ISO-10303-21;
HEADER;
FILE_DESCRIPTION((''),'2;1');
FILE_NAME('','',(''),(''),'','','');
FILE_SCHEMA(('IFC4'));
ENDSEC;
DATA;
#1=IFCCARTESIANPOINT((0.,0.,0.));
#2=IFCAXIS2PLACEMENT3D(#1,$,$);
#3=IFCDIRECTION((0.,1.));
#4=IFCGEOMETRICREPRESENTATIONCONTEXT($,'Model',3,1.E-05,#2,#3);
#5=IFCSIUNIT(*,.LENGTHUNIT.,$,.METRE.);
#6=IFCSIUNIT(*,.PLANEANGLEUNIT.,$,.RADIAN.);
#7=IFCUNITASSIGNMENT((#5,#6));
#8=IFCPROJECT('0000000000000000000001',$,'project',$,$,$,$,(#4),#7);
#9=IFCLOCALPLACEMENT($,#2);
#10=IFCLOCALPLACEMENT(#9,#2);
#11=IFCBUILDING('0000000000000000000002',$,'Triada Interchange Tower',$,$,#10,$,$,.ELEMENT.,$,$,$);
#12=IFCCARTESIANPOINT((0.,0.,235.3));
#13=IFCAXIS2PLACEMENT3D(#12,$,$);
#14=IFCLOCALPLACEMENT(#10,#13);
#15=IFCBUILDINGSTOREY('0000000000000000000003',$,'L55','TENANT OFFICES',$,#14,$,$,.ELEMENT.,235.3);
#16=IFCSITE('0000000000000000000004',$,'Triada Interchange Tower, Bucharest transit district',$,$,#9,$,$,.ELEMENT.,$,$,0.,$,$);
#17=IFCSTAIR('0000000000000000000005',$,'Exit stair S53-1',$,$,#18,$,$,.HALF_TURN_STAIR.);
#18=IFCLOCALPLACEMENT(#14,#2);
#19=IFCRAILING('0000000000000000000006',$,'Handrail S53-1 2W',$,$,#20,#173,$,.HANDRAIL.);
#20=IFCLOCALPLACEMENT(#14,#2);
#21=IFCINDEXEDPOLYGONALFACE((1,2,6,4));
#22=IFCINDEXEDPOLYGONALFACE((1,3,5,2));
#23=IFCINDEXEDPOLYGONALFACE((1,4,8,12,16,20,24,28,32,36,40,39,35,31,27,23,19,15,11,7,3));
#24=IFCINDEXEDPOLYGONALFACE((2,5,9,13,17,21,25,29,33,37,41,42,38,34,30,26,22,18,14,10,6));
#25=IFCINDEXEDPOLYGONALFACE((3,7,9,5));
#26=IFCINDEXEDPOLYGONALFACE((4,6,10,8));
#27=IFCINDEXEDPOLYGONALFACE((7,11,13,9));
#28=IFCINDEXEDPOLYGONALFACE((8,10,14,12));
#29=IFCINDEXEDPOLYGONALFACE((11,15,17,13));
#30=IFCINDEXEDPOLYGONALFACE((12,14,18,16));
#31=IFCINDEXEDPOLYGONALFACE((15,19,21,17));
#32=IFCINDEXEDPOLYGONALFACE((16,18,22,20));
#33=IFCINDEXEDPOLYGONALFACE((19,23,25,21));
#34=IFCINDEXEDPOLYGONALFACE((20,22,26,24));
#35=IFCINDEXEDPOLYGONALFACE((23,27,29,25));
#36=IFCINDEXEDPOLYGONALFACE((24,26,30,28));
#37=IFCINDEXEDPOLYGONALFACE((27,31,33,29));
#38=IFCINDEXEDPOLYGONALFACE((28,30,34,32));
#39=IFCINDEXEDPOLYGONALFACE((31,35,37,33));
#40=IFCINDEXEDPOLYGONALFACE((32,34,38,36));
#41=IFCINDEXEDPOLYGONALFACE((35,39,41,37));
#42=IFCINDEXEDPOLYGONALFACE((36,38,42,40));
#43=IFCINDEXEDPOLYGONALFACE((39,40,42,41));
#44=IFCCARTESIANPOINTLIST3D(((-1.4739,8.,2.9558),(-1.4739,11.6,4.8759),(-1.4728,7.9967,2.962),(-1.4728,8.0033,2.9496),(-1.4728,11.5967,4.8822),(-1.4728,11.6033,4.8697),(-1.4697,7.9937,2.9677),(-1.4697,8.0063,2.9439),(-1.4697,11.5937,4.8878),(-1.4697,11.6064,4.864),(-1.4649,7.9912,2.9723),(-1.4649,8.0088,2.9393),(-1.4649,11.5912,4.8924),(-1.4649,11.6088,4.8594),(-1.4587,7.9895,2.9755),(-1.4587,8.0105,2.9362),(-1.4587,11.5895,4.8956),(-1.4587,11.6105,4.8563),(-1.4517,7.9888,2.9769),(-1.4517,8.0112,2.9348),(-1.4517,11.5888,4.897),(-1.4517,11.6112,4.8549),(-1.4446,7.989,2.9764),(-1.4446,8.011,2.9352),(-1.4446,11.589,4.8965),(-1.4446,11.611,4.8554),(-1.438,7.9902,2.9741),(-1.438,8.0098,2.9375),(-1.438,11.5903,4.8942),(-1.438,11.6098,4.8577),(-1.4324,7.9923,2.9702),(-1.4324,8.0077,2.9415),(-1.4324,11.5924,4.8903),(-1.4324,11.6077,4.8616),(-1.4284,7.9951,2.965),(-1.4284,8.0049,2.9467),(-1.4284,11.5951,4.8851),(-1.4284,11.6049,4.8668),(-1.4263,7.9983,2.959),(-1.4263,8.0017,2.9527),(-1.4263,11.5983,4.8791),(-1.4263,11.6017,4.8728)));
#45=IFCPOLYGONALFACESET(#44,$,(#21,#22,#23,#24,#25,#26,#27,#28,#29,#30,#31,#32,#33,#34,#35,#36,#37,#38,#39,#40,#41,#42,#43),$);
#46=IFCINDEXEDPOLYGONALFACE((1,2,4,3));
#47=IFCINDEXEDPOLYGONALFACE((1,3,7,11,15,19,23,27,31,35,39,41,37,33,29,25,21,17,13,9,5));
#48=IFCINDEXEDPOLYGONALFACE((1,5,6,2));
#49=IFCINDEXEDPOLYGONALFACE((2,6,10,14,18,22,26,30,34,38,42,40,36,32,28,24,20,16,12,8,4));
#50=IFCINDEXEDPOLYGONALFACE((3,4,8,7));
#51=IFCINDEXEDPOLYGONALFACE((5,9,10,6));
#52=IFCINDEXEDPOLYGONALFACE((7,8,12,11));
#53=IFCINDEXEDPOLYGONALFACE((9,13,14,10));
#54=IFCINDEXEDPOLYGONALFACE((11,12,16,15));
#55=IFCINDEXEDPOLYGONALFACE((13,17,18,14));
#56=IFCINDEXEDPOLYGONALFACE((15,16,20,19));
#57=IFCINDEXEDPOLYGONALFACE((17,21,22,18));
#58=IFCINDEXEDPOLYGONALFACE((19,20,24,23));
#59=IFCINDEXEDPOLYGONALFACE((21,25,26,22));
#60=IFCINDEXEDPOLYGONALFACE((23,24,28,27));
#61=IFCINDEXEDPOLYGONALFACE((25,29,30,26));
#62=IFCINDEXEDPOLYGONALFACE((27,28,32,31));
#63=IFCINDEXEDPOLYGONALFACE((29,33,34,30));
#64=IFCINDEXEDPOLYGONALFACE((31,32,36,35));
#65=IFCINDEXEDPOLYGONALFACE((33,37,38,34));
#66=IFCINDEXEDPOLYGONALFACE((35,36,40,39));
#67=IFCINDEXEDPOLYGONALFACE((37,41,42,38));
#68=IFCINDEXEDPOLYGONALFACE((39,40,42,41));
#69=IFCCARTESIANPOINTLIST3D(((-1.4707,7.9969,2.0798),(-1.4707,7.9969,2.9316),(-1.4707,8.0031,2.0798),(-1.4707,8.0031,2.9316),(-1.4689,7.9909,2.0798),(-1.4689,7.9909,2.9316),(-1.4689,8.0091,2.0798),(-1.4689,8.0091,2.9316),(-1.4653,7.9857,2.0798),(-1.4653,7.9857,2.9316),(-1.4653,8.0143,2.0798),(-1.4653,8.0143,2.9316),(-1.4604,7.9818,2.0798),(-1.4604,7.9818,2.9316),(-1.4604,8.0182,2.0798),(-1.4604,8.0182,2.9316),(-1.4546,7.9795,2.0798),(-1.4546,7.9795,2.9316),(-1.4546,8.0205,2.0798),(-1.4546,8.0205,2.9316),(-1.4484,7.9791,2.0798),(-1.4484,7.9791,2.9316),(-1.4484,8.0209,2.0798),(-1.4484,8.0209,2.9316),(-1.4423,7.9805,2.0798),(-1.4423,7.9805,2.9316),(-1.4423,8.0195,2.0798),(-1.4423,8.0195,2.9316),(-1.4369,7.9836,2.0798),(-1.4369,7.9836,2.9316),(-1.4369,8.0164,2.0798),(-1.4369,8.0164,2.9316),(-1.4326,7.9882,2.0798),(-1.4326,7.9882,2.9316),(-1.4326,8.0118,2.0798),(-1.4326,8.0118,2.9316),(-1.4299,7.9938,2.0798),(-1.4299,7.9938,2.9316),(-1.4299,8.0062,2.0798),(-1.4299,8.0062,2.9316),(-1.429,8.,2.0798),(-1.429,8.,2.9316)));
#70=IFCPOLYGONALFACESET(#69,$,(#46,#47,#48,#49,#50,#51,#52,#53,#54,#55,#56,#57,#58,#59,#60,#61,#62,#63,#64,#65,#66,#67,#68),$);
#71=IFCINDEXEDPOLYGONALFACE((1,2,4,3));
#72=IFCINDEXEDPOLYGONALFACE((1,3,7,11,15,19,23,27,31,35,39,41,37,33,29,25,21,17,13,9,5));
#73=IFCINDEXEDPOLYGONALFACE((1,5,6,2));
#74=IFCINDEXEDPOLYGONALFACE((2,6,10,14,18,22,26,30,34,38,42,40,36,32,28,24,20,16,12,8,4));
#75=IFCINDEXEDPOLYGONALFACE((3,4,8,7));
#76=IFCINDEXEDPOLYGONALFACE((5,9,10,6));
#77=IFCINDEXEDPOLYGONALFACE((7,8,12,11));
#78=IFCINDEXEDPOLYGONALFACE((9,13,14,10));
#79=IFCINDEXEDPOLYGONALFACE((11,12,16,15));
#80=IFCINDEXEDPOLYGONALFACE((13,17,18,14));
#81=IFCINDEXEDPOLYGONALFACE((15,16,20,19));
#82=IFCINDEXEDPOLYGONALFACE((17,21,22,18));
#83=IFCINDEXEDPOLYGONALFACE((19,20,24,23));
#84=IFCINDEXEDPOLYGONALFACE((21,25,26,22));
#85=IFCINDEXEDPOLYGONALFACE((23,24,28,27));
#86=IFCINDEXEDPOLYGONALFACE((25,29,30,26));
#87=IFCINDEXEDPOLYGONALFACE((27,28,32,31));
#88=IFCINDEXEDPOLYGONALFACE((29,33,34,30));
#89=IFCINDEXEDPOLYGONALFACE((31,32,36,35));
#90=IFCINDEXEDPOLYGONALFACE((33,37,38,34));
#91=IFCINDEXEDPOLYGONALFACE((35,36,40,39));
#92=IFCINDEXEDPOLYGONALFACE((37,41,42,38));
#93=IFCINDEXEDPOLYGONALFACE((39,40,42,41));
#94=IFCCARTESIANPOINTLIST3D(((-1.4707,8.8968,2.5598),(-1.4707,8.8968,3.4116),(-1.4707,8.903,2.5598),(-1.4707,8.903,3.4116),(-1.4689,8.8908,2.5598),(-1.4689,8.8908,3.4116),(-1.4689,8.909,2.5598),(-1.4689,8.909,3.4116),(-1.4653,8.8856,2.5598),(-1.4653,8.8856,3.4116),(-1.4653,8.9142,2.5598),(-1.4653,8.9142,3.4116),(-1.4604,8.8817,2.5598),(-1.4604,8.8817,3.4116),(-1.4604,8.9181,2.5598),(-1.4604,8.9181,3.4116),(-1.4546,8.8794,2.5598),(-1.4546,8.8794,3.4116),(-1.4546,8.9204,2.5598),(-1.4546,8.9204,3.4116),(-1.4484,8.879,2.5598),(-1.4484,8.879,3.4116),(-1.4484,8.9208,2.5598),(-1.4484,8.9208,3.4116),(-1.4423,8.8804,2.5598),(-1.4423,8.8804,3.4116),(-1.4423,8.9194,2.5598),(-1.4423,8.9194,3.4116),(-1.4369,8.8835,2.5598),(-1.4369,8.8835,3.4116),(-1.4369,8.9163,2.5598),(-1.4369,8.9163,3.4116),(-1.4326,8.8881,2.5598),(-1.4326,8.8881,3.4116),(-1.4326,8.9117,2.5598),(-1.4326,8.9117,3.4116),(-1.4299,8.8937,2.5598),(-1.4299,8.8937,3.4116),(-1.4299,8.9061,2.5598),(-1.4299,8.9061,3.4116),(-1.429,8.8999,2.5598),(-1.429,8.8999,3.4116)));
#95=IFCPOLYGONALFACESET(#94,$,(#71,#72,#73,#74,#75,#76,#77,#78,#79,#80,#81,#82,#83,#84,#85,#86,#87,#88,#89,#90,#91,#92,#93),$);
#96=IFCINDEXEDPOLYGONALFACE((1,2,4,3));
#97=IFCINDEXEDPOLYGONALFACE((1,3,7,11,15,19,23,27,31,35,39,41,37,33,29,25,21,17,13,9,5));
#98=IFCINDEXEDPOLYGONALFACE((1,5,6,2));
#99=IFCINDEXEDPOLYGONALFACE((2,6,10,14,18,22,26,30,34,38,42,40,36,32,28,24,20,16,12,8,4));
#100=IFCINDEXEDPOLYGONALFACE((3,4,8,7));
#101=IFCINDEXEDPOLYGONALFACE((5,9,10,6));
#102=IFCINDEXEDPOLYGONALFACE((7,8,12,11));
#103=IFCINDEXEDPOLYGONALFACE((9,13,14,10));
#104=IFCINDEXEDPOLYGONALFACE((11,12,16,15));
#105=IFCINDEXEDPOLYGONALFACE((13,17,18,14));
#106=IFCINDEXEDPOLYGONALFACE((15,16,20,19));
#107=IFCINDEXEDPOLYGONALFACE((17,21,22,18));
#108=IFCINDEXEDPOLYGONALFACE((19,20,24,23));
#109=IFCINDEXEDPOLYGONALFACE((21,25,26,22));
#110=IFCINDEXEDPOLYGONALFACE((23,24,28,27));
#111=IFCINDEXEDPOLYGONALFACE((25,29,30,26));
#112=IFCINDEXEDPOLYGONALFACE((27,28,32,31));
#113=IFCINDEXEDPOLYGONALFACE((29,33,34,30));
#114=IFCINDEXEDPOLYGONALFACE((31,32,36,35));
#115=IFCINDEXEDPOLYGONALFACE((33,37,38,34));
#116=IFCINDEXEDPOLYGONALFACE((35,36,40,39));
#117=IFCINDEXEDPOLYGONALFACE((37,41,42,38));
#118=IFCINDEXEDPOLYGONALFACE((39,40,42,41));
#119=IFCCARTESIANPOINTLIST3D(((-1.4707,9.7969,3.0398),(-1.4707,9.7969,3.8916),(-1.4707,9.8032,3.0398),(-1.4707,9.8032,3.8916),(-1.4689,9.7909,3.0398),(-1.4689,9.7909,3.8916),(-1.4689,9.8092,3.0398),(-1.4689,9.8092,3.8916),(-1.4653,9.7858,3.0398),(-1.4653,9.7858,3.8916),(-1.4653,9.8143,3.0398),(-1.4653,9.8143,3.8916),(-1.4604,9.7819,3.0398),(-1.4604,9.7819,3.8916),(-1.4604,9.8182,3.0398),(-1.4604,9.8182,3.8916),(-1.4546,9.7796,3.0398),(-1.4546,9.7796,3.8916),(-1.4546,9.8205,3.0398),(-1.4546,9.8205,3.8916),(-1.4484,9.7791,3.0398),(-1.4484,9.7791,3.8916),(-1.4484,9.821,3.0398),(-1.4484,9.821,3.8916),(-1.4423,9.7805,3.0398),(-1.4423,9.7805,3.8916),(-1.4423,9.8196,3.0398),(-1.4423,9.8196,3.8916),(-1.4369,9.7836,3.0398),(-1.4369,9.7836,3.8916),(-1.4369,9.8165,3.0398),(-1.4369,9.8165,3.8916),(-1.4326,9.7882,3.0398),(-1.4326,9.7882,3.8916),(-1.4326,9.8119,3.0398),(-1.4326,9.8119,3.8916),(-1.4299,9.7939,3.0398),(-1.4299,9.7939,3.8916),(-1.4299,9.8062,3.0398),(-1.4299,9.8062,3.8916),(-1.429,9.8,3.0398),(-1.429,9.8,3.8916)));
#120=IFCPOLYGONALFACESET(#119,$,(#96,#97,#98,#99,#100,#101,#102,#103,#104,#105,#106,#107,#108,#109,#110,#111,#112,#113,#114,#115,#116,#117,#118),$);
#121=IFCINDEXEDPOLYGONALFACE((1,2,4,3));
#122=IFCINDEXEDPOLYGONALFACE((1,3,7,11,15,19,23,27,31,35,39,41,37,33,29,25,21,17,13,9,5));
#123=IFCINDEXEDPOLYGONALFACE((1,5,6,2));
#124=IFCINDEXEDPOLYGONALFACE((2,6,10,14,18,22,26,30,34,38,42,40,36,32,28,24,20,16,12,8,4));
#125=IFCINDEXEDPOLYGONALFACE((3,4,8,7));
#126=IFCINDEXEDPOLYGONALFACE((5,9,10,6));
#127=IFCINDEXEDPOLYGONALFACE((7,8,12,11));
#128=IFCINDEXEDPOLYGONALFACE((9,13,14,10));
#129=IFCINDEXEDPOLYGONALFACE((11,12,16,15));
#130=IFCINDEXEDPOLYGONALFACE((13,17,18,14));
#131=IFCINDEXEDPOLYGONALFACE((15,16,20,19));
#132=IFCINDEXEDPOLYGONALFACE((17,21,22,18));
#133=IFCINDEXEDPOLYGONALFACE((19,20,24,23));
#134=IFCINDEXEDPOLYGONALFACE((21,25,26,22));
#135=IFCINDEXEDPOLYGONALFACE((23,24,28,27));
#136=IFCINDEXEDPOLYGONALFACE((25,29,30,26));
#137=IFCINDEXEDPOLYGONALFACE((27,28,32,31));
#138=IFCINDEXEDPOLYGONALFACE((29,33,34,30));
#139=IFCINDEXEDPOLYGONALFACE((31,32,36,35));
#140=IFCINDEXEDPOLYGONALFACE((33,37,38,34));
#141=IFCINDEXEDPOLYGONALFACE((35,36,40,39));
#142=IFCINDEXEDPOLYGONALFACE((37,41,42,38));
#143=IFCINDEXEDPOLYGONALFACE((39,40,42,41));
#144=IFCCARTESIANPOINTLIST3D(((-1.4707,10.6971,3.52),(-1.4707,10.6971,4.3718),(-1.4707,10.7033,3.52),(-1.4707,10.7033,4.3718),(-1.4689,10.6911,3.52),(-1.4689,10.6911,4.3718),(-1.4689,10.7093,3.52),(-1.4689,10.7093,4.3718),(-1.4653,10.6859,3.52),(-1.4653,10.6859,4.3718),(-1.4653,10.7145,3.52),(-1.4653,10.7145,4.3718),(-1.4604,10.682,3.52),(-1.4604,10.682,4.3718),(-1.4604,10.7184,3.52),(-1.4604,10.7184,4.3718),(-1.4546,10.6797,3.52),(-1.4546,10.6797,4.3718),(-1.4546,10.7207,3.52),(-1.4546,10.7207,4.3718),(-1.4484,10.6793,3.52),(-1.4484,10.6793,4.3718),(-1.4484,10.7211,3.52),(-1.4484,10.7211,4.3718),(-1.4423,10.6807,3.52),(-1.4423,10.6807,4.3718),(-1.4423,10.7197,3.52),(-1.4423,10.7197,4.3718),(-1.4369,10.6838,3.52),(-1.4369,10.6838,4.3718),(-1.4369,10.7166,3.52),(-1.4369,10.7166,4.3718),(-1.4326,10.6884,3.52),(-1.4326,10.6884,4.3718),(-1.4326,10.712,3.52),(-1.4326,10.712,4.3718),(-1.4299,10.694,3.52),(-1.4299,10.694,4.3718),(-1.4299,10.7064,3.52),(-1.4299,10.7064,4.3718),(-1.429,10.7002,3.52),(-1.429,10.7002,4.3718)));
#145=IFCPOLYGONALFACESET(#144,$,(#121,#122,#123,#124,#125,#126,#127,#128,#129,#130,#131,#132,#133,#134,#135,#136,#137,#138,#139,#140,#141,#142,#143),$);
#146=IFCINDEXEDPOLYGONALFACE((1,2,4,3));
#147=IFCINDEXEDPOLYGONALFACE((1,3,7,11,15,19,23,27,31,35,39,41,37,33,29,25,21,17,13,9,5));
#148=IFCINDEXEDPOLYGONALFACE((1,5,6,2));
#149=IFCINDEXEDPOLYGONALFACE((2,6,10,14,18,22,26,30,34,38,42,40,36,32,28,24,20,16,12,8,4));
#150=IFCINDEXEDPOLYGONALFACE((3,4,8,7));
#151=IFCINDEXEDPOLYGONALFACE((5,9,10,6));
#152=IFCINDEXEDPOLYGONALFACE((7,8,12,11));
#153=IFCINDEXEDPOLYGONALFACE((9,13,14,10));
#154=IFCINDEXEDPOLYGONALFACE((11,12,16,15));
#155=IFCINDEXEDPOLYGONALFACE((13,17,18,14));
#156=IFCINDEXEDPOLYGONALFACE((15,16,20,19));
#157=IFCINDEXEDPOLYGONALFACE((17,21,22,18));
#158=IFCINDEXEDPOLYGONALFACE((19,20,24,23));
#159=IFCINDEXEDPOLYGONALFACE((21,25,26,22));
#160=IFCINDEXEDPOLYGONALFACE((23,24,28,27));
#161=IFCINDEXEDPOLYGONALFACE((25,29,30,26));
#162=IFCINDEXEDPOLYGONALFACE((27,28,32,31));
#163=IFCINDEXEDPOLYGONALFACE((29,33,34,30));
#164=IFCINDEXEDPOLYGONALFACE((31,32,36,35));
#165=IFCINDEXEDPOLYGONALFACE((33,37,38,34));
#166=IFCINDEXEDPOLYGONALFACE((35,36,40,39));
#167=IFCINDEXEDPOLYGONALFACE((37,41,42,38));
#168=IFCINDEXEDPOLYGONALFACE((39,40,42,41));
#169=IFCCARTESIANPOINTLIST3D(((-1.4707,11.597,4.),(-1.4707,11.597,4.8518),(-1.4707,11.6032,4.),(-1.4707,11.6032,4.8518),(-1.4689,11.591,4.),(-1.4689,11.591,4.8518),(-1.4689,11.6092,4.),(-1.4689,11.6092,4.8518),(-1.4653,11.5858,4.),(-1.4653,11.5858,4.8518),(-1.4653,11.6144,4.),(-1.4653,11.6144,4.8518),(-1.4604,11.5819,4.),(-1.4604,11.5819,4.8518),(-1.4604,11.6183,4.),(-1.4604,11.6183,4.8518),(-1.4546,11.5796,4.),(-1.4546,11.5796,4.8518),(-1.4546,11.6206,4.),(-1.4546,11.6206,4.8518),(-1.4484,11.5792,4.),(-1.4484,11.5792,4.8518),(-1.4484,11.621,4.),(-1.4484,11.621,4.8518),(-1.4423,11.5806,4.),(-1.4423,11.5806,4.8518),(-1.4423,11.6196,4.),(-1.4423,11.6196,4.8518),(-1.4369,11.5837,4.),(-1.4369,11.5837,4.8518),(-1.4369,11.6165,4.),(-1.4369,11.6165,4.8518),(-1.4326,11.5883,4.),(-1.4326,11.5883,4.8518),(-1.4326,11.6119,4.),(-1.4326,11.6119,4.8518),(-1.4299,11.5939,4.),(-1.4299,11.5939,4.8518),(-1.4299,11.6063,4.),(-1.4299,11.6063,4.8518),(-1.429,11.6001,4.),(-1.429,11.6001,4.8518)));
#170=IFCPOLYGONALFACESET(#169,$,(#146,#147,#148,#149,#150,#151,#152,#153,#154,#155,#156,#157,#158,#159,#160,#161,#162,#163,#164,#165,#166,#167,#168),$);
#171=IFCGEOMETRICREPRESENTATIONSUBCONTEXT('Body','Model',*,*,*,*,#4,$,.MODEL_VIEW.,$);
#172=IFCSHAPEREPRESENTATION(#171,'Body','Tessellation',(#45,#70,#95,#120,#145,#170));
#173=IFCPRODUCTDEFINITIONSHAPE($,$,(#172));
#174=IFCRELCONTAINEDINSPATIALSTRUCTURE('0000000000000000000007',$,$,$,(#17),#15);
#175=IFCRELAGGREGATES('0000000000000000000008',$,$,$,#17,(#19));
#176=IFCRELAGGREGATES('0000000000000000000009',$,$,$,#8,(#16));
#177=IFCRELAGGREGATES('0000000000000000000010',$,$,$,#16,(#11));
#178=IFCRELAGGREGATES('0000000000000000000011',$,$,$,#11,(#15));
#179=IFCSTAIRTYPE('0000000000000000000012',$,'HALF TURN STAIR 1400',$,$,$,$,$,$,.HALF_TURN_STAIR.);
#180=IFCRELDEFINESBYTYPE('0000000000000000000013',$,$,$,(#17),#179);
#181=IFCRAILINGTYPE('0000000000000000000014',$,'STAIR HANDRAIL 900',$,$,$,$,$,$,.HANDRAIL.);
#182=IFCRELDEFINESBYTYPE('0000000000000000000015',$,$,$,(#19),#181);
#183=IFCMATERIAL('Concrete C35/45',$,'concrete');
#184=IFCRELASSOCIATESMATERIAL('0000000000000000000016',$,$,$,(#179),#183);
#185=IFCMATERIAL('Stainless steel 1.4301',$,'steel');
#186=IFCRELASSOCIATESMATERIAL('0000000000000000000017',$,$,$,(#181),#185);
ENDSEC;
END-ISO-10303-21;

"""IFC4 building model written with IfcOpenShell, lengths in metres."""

from ifc_helpers import new_model, si_unit, direction, frame, origin, origin_2d, place, context, subcontext, project, spatial, circle, extrude, material, type_object, element, aggregate, save


model = new_model("IFC4")

# Units and contexts
model_context = context("Model", 3, precision=1e-05, world=origin(), true_north=direction((0.0, 1.0)))
body_context = subcontext(model_context, "Body", "Model", "MODEL_VIEW")
ifc_project = project(units=[si_unit("LENGTHUNIT", "METRE"), si_unit("PLANEANGLEUNIT", "RADIAN")], contexts=[model_context])

# Site, building, storey
site_placement = place(None, origin())
site = spatial("IfcSite", under=ifc_project, at=site_placement, Name="Triada Interchange Tower, Bucharest transit district", CompositionType="ELEMENT", RefElevation=0.0)
building_placement = place(site_placement, origin())
building = spatial("IfcBuilding", under=site, at=building_placement, Name="Triada Interchange Tower", CompositionType="ELEMENT")
storey_placement = place(building_placement, frame((0.0, 0.0, 235.3)))
storey = spatial("IfcBuildingStorey", under=building, at=storey_placement, Name="L55", Description="TENANT OFFICES", CompositionType="ELEMENT", Elevation=235.3)

# Stair
ifc_material_1 = material(Name="Concrete C35/45", Category="concrete")
stair_type = type_object("IfcStairType", Name="HALF TURN STAIR 1400", PredefinedType="HALF_TURN_STAIR", material=ifc_material_1)
stair_placement = place(storey_placement, origin())
stair = element("IfcStair", 1, at=stair_placement, inside=storey, type_object=stair_type, Name="Exit stair S53-1", PredefinedType="HALF_TURN_STAIR")

# Railing
ifc_material_2 = material(Name="Stainless steel 1.4301", Category="steel")
railing_type = type_object("IfcRailingType", Name="STAIR HANDRAIL 900", PredefinedType="HANDRAIL", material=ifc_material_2)
railing_1_placement = place(storey_placement, frame((-1.45, 8.0, 2.0798)))
railing_1 = element("IfcRailing", 2, at=railing_1_placement, type_object=railing_type, Name="Handrail S53-1 2W", PredefinedType="HANDRAIL", context=body_context, shape_type="SweptSolid", body=[
    extrude(circle(Radius=0.0239, at=origin_2d()), frame((0.0, 0.0, 0.876), z_axis=(0.0, 0.882341, 0.47061), x_axis=(-1.0, 0.0, 0.0)), (0.0, 0.0, 1.0), 4.0801),
    extrude(circle(Radius=0.021, at=origin_2d()), origin(), (0.0, 0.0, 1.0), 0.8518),
    extrude(circle(Radius=0.021, at=origin_2d()), frame((0.0, 0.8999, 0.48)), (0.0, 0.0, 1.0), 0.8518),
    extrude(circle(Radius=0.021, at=origin_2d()), frame((0.0, 1.8, 0.96)), (0.0, 0.0, 1.0), 0.8518),
    extrude(circle(Radius=0.021, at=origin_2d()), frame((0.0, 2.7002, 1.4402)), (0.0, 0.0, 1.0), 0.8518),
    extrude(circle(Radius=0.021, at=origin_2d()), frame((0.0, 3.6001, 1.9202)), (0.0, 0.0, 1.0), 0.8518),
])
aggregate(stair, [railing_1])

save(model, "model.ifc")
